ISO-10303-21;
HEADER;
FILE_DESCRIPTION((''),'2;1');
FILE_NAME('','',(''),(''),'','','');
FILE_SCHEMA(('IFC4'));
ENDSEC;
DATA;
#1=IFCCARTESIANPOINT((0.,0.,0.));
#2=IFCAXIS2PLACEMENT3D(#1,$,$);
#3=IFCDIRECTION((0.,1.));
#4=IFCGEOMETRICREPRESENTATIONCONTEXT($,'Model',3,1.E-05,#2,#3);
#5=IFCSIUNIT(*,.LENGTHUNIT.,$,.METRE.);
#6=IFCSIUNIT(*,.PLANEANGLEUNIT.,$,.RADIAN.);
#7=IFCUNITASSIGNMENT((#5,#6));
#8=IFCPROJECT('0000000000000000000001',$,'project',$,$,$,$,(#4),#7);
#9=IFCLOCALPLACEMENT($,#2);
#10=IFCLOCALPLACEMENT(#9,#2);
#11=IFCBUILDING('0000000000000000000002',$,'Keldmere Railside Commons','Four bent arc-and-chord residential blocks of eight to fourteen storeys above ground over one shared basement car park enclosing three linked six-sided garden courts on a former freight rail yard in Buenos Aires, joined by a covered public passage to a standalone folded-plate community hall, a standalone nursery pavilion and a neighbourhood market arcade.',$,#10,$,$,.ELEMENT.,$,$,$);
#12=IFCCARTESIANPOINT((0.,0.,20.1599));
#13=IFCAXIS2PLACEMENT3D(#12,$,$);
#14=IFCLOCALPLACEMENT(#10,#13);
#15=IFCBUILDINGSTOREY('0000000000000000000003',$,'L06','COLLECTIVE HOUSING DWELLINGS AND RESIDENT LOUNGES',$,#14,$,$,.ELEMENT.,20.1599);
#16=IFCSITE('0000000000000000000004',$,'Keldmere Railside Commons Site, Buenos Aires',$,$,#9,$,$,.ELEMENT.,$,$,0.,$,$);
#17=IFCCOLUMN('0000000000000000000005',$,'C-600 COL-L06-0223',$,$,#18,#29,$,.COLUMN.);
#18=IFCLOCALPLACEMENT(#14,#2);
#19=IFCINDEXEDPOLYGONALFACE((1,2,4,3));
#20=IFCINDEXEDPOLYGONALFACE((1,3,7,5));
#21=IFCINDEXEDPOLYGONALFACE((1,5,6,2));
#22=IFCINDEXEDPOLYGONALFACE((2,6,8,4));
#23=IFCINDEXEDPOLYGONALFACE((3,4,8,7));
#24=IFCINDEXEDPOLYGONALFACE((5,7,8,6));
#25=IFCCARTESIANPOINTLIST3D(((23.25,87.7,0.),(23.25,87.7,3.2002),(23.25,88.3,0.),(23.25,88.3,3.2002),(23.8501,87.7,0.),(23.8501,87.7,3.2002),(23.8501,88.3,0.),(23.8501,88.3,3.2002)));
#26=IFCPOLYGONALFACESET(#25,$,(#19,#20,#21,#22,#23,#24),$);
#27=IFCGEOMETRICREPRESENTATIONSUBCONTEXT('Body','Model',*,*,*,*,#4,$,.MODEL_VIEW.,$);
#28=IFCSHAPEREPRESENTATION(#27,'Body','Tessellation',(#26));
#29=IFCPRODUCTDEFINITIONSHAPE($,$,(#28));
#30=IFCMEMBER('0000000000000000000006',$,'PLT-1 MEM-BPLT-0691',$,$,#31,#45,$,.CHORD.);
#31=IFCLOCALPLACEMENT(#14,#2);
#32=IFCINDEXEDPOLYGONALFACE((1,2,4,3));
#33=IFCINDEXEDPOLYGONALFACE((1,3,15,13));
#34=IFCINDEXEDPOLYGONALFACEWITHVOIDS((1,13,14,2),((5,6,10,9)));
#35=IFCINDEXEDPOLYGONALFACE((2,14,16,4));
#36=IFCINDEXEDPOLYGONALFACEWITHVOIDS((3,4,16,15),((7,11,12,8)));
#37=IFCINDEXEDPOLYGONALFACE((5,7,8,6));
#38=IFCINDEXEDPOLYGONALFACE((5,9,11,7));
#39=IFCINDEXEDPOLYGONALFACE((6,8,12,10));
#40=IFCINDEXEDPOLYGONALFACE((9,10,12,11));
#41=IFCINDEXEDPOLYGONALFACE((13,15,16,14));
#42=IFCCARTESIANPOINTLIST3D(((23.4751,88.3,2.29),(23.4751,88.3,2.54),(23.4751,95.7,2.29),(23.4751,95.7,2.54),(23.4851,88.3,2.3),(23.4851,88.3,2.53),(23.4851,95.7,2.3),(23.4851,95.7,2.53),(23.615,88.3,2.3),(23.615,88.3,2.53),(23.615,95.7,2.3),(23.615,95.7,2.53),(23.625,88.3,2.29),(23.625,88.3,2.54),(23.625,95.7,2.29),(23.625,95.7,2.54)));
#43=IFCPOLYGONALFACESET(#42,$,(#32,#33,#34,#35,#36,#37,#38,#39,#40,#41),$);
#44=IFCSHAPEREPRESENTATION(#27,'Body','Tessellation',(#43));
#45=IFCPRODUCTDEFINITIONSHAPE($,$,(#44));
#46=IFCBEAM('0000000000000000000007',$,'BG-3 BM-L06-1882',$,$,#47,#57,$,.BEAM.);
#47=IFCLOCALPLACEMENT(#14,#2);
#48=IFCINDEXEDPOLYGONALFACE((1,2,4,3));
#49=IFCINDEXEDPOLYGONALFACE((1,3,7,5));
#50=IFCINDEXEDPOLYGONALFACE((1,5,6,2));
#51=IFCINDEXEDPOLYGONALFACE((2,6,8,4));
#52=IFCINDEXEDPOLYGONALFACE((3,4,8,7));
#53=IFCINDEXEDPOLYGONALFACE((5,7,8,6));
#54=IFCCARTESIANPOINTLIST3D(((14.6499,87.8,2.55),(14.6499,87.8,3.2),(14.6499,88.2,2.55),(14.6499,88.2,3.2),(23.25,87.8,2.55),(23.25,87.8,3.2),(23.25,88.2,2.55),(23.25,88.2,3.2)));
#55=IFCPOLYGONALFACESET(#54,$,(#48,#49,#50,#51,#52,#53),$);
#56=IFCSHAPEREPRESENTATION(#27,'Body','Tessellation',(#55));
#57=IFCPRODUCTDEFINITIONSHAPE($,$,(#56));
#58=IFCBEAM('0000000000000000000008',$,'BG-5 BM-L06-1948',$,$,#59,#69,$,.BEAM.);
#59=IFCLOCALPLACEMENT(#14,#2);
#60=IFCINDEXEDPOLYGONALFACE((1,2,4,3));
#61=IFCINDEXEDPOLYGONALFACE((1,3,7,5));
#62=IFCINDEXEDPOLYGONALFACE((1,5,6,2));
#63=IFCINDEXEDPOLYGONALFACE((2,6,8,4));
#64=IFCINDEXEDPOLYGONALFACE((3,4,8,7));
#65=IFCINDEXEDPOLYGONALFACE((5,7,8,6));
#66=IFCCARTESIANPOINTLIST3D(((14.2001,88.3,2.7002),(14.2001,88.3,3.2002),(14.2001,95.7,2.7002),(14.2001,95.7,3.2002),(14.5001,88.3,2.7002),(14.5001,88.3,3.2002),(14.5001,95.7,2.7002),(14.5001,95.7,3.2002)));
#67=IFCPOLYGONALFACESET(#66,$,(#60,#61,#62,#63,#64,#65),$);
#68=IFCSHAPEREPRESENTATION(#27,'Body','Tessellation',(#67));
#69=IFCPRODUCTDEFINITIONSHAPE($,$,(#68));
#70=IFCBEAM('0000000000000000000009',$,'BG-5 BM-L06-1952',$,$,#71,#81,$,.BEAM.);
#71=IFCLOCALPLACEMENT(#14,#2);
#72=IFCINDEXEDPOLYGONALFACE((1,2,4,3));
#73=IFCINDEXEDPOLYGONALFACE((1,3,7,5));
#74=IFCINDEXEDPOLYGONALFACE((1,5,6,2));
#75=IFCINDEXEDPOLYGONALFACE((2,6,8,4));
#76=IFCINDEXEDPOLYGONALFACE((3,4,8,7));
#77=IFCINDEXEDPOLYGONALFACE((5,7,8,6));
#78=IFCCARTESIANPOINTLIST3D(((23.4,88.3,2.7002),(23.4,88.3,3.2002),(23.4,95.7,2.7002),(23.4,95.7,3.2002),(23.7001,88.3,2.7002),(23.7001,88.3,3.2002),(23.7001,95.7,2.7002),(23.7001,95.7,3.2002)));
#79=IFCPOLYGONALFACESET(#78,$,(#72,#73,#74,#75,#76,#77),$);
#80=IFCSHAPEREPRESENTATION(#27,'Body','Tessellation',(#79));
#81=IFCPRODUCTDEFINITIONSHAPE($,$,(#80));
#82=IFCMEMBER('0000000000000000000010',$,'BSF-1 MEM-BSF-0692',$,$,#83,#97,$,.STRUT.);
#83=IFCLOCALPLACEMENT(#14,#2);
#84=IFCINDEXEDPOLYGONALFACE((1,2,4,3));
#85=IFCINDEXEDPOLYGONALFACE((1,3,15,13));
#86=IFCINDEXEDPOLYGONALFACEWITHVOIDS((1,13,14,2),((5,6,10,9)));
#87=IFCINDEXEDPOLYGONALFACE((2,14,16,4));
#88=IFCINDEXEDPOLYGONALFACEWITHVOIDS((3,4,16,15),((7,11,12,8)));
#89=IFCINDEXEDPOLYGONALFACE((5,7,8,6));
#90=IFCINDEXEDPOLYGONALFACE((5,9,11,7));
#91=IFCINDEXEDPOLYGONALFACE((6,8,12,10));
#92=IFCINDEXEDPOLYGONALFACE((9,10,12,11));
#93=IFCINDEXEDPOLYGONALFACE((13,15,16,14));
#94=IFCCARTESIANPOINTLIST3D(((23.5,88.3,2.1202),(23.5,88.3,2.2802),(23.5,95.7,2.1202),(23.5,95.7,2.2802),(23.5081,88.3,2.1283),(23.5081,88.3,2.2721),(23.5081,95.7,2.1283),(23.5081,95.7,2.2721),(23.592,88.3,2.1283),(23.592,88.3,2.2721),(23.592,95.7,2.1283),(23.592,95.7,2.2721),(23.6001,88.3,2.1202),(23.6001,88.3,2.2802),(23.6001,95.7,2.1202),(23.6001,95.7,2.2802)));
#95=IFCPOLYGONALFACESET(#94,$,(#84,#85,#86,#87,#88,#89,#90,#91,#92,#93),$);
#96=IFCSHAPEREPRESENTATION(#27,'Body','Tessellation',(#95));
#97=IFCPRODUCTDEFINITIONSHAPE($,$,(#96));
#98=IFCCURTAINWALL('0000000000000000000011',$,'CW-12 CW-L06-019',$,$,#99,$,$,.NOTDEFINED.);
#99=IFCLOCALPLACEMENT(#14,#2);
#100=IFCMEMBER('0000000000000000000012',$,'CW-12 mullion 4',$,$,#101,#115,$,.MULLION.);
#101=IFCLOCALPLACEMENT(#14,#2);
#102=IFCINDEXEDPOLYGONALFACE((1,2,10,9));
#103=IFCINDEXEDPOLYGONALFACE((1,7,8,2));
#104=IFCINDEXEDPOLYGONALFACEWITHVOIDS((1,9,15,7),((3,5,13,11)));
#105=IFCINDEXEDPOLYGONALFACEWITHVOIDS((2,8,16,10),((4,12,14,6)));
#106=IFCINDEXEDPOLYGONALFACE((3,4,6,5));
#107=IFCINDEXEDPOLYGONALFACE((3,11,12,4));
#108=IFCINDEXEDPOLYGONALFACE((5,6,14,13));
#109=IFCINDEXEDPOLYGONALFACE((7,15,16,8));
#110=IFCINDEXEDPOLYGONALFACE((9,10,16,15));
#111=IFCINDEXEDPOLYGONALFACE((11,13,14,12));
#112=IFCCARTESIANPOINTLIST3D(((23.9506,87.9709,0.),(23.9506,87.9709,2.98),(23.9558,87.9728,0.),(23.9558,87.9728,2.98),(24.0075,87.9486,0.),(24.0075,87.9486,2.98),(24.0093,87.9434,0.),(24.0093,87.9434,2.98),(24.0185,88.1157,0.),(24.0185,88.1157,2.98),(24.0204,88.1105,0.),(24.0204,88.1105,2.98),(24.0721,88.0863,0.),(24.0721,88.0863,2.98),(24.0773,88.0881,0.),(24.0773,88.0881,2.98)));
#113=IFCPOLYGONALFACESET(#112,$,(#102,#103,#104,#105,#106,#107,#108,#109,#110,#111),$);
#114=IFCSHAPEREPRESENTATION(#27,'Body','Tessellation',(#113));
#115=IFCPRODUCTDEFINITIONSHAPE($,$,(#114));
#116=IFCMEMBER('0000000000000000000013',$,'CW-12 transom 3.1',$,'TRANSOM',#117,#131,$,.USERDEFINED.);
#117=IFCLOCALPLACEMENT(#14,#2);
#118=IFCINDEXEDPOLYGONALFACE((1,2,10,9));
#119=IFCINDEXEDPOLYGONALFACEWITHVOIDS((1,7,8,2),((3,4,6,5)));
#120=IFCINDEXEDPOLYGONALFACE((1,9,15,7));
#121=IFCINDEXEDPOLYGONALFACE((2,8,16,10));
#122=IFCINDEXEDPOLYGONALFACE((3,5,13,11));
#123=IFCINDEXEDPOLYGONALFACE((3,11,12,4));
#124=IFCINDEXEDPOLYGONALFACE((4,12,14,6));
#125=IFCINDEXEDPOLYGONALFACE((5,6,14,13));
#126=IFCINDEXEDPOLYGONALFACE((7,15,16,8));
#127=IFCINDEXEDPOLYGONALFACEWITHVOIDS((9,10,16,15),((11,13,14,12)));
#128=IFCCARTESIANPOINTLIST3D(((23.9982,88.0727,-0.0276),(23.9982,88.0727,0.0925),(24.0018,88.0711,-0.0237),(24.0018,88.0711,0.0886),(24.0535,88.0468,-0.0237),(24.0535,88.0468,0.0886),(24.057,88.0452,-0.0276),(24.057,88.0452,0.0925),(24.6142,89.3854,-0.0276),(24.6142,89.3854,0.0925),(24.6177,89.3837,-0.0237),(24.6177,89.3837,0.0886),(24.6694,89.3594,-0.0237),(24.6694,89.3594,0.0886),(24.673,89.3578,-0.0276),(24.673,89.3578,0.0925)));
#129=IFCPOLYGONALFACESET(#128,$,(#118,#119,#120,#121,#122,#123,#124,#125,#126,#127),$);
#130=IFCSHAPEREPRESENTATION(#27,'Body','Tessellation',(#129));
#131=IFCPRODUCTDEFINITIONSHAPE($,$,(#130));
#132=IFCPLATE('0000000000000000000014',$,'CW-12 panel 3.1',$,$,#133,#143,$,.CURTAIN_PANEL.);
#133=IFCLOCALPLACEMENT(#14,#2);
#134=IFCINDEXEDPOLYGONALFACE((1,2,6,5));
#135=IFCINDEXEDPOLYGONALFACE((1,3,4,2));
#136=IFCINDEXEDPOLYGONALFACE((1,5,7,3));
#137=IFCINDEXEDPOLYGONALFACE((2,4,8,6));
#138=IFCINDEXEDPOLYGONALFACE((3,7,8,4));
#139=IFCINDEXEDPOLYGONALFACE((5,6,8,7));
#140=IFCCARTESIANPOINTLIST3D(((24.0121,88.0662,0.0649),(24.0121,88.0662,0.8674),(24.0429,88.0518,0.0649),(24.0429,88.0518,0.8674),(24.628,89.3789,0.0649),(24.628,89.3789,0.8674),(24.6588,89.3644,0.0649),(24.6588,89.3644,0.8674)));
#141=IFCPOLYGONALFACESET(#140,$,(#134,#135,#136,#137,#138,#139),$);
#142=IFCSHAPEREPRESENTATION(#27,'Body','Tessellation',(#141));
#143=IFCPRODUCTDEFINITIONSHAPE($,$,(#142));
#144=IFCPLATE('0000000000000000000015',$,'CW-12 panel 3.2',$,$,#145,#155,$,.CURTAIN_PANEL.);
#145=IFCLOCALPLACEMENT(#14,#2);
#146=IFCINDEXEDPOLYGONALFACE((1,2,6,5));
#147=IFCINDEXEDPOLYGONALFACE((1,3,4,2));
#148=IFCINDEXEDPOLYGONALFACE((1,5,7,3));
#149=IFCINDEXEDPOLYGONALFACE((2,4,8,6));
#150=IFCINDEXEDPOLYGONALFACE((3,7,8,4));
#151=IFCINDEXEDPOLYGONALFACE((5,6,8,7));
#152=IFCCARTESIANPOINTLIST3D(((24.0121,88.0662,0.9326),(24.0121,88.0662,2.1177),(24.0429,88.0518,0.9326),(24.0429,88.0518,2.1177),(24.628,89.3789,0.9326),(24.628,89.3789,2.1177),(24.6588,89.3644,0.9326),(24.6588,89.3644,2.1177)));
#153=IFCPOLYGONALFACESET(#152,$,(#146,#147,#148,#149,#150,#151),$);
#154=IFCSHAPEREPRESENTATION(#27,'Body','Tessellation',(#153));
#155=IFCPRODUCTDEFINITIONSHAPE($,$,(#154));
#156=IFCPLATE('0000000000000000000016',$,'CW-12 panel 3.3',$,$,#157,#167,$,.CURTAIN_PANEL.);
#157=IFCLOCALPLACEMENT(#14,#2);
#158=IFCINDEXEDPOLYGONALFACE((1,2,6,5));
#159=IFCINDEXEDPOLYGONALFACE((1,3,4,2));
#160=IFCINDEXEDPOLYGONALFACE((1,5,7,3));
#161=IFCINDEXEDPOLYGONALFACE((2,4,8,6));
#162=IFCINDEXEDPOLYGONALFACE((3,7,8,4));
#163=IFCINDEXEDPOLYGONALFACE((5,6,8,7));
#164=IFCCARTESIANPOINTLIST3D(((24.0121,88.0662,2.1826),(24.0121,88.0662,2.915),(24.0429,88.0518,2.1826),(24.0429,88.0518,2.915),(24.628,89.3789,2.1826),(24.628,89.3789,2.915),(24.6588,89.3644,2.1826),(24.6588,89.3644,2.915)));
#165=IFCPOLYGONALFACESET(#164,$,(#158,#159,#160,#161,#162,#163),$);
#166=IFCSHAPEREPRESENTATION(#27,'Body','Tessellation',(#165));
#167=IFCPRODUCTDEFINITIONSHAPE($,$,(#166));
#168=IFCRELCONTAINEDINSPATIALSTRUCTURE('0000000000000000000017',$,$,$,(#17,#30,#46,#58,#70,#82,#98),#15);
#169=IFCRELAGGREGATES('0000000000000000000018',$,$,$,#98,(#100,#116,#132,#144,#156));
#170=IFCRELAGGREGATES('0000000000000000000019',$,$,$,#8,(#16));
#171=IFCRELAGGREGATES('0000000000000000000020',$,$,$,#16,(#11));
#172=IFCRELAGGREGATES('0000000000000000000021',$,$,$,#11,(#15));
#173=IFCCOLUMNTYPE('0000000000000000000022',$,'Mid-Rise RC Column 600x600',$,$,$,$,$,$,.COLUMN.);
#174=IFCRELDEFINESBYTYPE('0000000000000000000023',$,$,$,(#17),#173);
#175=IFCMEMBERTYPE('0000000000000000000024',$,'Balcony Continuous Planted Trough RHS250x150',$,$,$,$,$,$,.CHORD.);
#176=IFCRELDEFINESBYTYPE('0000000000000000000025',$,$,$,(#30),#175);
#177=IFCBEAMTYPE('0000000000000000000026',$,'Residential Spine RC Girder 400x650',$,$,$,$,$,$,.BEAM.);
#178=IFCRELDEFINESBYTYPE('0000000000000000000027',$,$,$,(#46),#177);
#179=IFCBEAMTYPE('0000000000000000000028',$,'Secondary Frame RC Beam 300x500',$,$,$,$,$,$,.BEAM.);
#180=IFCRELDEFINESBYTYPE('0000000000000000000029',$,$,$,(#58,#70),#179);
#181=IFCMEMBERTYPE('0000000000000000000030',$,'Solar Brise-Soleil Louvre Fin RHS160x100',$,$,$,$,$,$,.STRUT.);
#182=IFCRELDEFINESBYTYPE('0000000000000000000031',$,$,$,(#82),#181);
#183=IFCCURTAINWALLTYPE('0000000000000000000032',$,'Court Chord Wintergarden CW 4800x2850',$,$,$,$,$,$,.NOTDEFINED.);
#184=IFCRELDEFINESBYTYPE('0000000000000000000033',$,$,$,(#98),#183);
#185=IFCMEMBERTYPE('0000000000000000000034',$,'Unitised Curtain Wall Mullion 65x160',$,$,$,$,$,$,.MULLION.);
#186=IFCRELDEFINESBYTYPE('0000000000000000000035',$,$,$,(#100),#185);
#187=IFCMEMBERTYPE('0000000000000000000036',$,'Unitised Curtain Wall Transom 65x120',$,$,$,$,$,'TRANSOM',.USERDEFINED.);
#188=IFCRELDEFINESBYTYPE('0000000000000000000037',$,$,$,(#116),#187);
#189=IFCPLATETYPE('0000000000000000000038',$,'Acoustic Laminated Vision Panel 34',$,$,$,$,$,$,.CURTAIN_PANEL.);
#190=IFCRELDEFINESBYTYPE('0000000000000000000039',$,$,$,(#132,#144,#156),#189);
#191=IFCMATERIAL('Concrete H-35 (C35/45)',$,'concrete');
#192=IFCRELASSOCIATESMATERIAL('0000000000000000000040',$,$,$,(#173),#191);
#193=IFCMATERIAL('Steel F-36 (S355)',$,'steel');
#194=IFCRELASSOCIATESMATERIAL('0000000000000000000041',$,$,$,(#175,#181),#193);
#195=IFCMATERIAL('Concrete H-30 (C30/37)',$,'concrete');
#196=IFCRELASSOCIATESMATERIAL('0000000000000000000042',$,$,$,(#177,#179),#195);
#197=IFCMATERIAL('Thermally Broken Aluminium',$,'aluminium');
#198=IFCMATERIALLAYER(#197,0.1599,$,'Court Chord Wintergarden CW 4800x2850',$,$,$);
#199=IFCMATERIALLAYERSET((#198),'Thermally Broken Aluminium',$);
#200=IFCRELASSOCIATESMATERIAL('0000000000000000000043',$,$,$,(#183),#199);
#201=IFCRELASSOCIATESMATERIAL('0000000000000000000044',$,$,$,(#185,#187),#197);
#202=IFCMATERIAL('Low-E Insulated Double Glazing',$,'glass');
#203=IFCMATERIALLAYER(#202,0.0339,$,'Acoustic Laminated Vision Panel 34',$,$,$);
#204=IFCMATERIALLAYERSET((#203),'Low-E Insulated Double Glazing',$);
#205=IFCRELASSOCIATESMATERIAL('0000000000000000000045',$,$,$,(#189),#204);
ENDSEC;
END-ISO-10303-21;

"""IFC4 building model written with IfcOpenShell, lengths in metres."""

from ifc_helpers import new_model, si_unit, direction, frame, origin, origin_2d, place, context, subcontext, project, spatial, rectangle, hollow_rectangle, extrude, material, layer, layer_set, material_profile, profile_set, type_object, element, aggregate, save


model = new_model("IFC4")

# Units and contexts
model_context = context("Model", 3, precision=1e-05, world=origin(), true_north=direction((0.0, 1.0)))
body_context = subcontext(model_context, "Body", "Model", "MODEL_VIEW")
ifc_project = project(units=[si_unit("LENGTHUNIT", "METRE"), si_unit("PLANEANGLEUNIT", "RADIAN")], contexts=[model_context])

# Site, building, storey
site_placement = place(None, origin())
site = spatial("IfcSite", under=ifc_project, at=site_placement, Name="Keldmere Railside Commons Site, Buenos Aires", CompositionType="ELEMENT", RefElevation=0.0)
building_placement = place(site_placement, origin())
building = spatial("IfcBuilding", under=site, at=building_placement, Name="Keldmere Railside Commons", Description="Four bent arc-and-chord residential blocks of eight to fourteen storeys above ground over one shared basement car park enclosing three linked six-sided garden courts on a former freight rail yard in Buenos Aires, joined by a covered public passage to a standalone folded-plate community hall, a standalone nursery pavilion and a neighbourhood market arcade.", CompositionType="ELEMENT")
storey_placement = place(building_placement, frame((0.0, 0.0, 20.1599)))
storey = spatial("IfcBuildingStorey", under=building, at=storey_placement, Name="L06", Description="COLLECTIVE HOUSING DWELLINGS AND RESIDENT LOUNGES", CompositionType="ELEMENT", Elevation=20.1599)

# Column
ifc_material_1 = material(Name="Concrete H-35 (C35/45)", Category="concrete")
ifc_material_profile_1 = material_profile(ifc_material_1, rectangle(XDim=0.6001, YDim=0.6001, at=origin_2d()), Name="RC-600x600")
ifc_profile_set_1 = profile_set([ifc_material_profile_1], Name="Concrete H-35 (C35/45)")
column_type = type_object("IfcColumnType", Name="Mid-Rise RC Column 600x600", PredefinedType="COLUMN", material=ifc_profile_set_1)
column_placement = place(storey_placement, frame((23.55, 88.0, 0.0), z_axis=(0.0, 0.0, 1.0), x_axis=(1.0, 0.0, 0.0)))
element("IfcColumn", 1, at=column_placement, inside=storey, type_object=column_type, Name="C-600 COL-L06-0223", PredefinedType="COLUMN", context=body_context, shape_type="SweptSolid", body=[
    extrude(rectangle(XDim=0.6001, YDim=0.6001, at=origin_2d()), origin(), (0.0, 0.0, 1.0), 3.2002),
])

# Member
ifc_material_2 = material(Name="Steel F-36 (S355)", Category="steel")
ifc_material_profile_2 = material_profile(ifc_material_2, hollow_rectangle(XDim=0.1499, YDim=0.25, WallThickness=0.01, at=origin_2d()), Name="RHS-250x150x10")
ifc_profile_set_2 = profile_set([ifc_material_profile_2], Name="Steel F-36 (S355)")
member_type_1 = type_object("IfcMemberType", Name="Balcony Continuous Planted Trough RHS250x150", PredefinedType="CHORD", material=ifc_profile_set_2)
member_1_placement = place(storey_placement, frame((23.55, 88.3, 2.415), z_axis=(0.0, 1.0, 0.0), x_axis=(-1.0, 0.0, 0.0)))
element("IfcMember", 2, at=member_1_placement, inside=storey, type_object=member_type_1, Name="PLT-1 MEM-BPLT-0691", PredefinedType="CHORD", context=body_context, shape_type="SweptSolid", body=[
    extrude(hollow_rectangle(XDim=0.1499, YDim=0.25, WallThickness=0.01, at=origin_2d()), origin(), (0.0, 0.0, 1.0), 7.3999),
])

# Beams
ifc_material_3 = material(Name="Concrete H-30 (C30/37)", Category="concrete")
ifc_material_profile_3 = material_profile(ifc_material_3, rectangle(XDim=0.3999, YDim=0.6499, at=origin_2d()), Name="RC-400x650")
ifc_profile_set_3 = profile_set([ifc_material_profile_3], Name="Concrete H-30 (C30/37)")
beam_type_1 = type_object("IfcBeamType", Name="Residential Spine RC Girder 400x650", PredefinedType="BEAM", material=ifc_profile_set_3)
beam_placement = place(storey_placement, frame((14.6499, 88.0, 2.875), z_axis=(1.0, 0.0, 0.0), x_axis=(0.0, 1.0, 0.0)))
element("IfcBeam", 3, at=beam_placement, inside=storey, type_object=beam_type_1, Name="BG-3 BM-L06-1882", PredefinedType="BEAM", context=body_context, shape_type="SweptSolid", body=[
    extrude(rectangle(XDim=0.3999, YDim=0.6499, at=origin_2d()), origin(), (0.0, 0.0, 1.0), 8.6001),
])
ifc_material_profile_4 = material_profile(ifc_material_3, rectangle(XDim=0.3, YDim=0.5, at=origin_2d()), Name="RC-300x500")
ifc_profile_set_4 = profile_set([ifc_material_profile_4], Name="Concrete H-30 (C30/37)")
beam_type_2 = type_object("IfcBeamType", Name="Secondary Frame RC Beam 300x500", PredefinedType="BEAM", material=ifc_profile_set_4)
for number, where, z_axis, x_axis, name in (
    (4, (14.3501, 88.3, 2.9502), (0.0, 1.0, 0.0), (-1.0, 0.0, 0.0), "BG-5 BM-L06-1948"),
    (5, (23.55, 88.3, 2.9502), (0.0, 1.0, 0.0), (-1.0, 0.0, 0.0), "BG-5 BM-L06-1952"),
):
    element("IfcBeam", number, at=place(storey_placement, frame(where, z_axis=z_axis, x_axis=x_axis)), inside=storey, type_object=beam_type_2, Name=name, PredefinedType="BEAM", context=body_context, shape_type="SweptSolid", body=[
        extrude(rectangle(XDim=0.3, YDim=0.5, at=origin_2d()), origin(), (0.0, 0.0, 1.0), 7.3999),
    ])

# Member
ifc_material_profile_5 = material_profile(ifc_material_2, hollow_rectangle(XDim=0.1001, YDim=0.1599, WallThickness=0.0081, at=origin_2d()), Name="RHS-160x100x8")
ifc_profile_set_5 = profile_set([ifc_material_profile_5], Name="Steel F-36 (S355)")
member_type_2 = type_object("IfcMemberType", Name="Solar Brise-Soleil Louvre Fin RHS160x100", PredefinedType="STRUT", material=ifc_profile_set_5)
member_2_placement = place(storey_placement, frame((23.55, 88.3, 2.2002), z_axis=(0.0, 1.0, 0.0), x_axis=(-1.0, 0.0, 0.0)))
element("IfcMember", 6, at=member_2_placement, inside=storey, type_object=member_type_2, Name="BSF-1 MEM-BSF-0692", PredefinedType="STRUT", context=body_context, shape_type="SweptSolid", body=[
    extrude(hollow_rectangle(XDim=0.1001, YDim=0.1599, WallThickness=0.0081, at=origin_2d()), origin(), (0.0, 0.0, 1.0), 7.3999),
])

# Curtain wall, members, plates
ifc_material_4 = material(Name="Thermally Broken Aluminium", Category="aluminium")
ifc_layer_1 = layer(ifc_material_4, 0.1599, Name="Court Chord Wintergarden CW 4800x2850")
ifc_layer_set_1 = layer_set([ifc_layer_1], Name="Thermally Broken Aluminium")
curtain_wall_type = type_object("IfcCurtainWallType", Name="Court Chord Wintergarden CW 4800x2850", PredefinedType="NOTDEFINED", material=ifc_layer_set_1)
curtain_wall_placement = place(storey_placement, origin())
curtain_wall = element("IfcCurtainWall", 7, at=curtain_wall_placement, inside=storey, type_object=curtain_wall_type, Name="CW-12 CW-L06-019", PredefinedType="NOTDEFINED")
ifc_material_profile_6 = material_profile(ifc_material_4, hollow_rectangle(XDim=0.0649, YDim=0.1599, WallThickness=0.0039, at=origin_2d()), Name="ALU-MULL-65x160")
ifc_profile_set_6 = profile_set([ifc_material_profile_6], Name="Thermally Broken Aluminium")
member_type_3 = type_object("IfcMemberType", Name="Unitised Curtain Wall Mullion 65x160", PredefinedType="MULLION", material=ifc_profile_set_6)
member_3_placement = place(storey_placement, frame((24.0139, 88.0295, 0.0), z_axis=(0.0, 0.0, 1.0), x_axis=(0.905306, -0.424759, 0.0)))
member_3 = element("IfcMember", 8, at=member_3_placement, type_object=member_type_3, Name="CW-12 mullion 4", PredefinedType="MULLION", context=body_context, shape_type="SweptSolid", body=[
    extrude(hollow_rectangle(XDim=0.0649, YDim=0.1599, WallThickness=0.0039, at=origin_2d()), origin(), (0.0, 0.0, 1.0), 2.98),
])
ifc_material_profile_7 = material_profile(ifc_material_4, hollow_rectangle(XDim=0.0649, YDim=0.1201, WallThickness=0.0039, at=origin_2d()), Name="ALU-TRAN-65x120")
ifc_profile_set_7 = profile_set([ifc_material_profile_7], Name="Thermally Broken Aluminium")
member_type_4 = type_object("IfcMemberType", Name="Unitised Curtain Wall Transom 65x120", ElementType="TRANSOM", PredefinedType="USERDEFINED", material=ifc_profile_set_7)
member_4_placement = place(storey_placement, frame((24.6436, 89.3716, 0.0325), z_axis=(-0.424783, -0.905295, 0.0), x_axis=(0.905295, -0.424783, 0.0)))
member_4 = element("IfcMember", 9, at=member_4_placement, type_object=member_type_4, Name="CW-12 transom 3.1", ObjectType="TRANSOM", PredefinedType="USERDEFINED", context=body_context, shape_type="SweptSolid", body=[
    extrude(hollow_rectangle(XDim=0.0649, YDim=0.1201, WallThickness=0.0039, at=origin_2d()), origin(), (0.0, 0.0, 1.0), 1.45),
])
ifc_material_5 = material(Name="Low-E Insulated Double Glazing", Category="glass")
ifc_layer_2 = layer(ifc_material_5, 0.0339, Name="Acoustic Laminated Vision Panel 34")
ifc_layer_set_2 = layer_set([ifc_layer_2], Name="Low-E Insulated Double Glazing")
plate_type = type_object("IfcPlateType", Name="Acoustic Laminated Vision Panel 34", PredefinedType="CURTAIN_PANEL", material=ifc_layer_set_2)
plate_1_placement = place(storey_placement, frame((24.3354, 88.7153, 0.0649), z_axis=(0.0, 0.0, 1.0), x_axis=(-0.424759, -0.905306, 0.0)))
plate_1 = element("IfcPlate", 10, at=plate_1_placement, type_object=plate_type, Name="CW-12 panel 3.1", PredefinedType="CURTAIN_PANEL", context=body_context, shape_type="SweptSolid", body=[
    extrude(rectangle(XDim=1.45, YDim=0.0339, at=origin_2d()), origin(), (0.0, 0.0, 1.0), 0.8025),
])
plate_2_placement = place(storey_placement, frame((24.3354, 88.7153, 0.9326), z_axis=(0.0, 0.0, 1.0), x_axis=(-0.424759, -0.905306, 0.0)))
plate_2 = element("IfcPlate", 11, at=plate_2_placement, type_object=plate_type, Name="CW-12 panel 3.2", PredefinedType="CURTAIN_PANEL", context=body_context, shape_type="SweptSolid", body=[
    extrude(rectangle(XDim=1.45, YDim=0.0339, at=origin_2d()), origin(), (0.0, 0.0, 1.0), 1.1851),
])
plate_3_placement = place(storey_placement, frame((24.3354, 88.7153, 2.1826), z_axis=(0.0, 0.0, 1.0), x_axis=(-0.424759, -0.905306, 0.0)))
plate_3 = element("IfcPlate", 12, at=plate_3_placement, type_object=plate_type, Name="CW-12 panel 3.3", PredefinedType="CURTAIN_PANEL", context=body_context, shape_type="SweptSolid", body=[
    extrude(rectangle(XDim=1.45, YDim=0.0339, at=origin_2d()), origin(), (0.0, 0.0, 1.0), 0.7324),
])
aggregate(curtain_wall, [member_3, member_4, plate_1, plate_2, plate_3])

save(model, "model.ifc")
